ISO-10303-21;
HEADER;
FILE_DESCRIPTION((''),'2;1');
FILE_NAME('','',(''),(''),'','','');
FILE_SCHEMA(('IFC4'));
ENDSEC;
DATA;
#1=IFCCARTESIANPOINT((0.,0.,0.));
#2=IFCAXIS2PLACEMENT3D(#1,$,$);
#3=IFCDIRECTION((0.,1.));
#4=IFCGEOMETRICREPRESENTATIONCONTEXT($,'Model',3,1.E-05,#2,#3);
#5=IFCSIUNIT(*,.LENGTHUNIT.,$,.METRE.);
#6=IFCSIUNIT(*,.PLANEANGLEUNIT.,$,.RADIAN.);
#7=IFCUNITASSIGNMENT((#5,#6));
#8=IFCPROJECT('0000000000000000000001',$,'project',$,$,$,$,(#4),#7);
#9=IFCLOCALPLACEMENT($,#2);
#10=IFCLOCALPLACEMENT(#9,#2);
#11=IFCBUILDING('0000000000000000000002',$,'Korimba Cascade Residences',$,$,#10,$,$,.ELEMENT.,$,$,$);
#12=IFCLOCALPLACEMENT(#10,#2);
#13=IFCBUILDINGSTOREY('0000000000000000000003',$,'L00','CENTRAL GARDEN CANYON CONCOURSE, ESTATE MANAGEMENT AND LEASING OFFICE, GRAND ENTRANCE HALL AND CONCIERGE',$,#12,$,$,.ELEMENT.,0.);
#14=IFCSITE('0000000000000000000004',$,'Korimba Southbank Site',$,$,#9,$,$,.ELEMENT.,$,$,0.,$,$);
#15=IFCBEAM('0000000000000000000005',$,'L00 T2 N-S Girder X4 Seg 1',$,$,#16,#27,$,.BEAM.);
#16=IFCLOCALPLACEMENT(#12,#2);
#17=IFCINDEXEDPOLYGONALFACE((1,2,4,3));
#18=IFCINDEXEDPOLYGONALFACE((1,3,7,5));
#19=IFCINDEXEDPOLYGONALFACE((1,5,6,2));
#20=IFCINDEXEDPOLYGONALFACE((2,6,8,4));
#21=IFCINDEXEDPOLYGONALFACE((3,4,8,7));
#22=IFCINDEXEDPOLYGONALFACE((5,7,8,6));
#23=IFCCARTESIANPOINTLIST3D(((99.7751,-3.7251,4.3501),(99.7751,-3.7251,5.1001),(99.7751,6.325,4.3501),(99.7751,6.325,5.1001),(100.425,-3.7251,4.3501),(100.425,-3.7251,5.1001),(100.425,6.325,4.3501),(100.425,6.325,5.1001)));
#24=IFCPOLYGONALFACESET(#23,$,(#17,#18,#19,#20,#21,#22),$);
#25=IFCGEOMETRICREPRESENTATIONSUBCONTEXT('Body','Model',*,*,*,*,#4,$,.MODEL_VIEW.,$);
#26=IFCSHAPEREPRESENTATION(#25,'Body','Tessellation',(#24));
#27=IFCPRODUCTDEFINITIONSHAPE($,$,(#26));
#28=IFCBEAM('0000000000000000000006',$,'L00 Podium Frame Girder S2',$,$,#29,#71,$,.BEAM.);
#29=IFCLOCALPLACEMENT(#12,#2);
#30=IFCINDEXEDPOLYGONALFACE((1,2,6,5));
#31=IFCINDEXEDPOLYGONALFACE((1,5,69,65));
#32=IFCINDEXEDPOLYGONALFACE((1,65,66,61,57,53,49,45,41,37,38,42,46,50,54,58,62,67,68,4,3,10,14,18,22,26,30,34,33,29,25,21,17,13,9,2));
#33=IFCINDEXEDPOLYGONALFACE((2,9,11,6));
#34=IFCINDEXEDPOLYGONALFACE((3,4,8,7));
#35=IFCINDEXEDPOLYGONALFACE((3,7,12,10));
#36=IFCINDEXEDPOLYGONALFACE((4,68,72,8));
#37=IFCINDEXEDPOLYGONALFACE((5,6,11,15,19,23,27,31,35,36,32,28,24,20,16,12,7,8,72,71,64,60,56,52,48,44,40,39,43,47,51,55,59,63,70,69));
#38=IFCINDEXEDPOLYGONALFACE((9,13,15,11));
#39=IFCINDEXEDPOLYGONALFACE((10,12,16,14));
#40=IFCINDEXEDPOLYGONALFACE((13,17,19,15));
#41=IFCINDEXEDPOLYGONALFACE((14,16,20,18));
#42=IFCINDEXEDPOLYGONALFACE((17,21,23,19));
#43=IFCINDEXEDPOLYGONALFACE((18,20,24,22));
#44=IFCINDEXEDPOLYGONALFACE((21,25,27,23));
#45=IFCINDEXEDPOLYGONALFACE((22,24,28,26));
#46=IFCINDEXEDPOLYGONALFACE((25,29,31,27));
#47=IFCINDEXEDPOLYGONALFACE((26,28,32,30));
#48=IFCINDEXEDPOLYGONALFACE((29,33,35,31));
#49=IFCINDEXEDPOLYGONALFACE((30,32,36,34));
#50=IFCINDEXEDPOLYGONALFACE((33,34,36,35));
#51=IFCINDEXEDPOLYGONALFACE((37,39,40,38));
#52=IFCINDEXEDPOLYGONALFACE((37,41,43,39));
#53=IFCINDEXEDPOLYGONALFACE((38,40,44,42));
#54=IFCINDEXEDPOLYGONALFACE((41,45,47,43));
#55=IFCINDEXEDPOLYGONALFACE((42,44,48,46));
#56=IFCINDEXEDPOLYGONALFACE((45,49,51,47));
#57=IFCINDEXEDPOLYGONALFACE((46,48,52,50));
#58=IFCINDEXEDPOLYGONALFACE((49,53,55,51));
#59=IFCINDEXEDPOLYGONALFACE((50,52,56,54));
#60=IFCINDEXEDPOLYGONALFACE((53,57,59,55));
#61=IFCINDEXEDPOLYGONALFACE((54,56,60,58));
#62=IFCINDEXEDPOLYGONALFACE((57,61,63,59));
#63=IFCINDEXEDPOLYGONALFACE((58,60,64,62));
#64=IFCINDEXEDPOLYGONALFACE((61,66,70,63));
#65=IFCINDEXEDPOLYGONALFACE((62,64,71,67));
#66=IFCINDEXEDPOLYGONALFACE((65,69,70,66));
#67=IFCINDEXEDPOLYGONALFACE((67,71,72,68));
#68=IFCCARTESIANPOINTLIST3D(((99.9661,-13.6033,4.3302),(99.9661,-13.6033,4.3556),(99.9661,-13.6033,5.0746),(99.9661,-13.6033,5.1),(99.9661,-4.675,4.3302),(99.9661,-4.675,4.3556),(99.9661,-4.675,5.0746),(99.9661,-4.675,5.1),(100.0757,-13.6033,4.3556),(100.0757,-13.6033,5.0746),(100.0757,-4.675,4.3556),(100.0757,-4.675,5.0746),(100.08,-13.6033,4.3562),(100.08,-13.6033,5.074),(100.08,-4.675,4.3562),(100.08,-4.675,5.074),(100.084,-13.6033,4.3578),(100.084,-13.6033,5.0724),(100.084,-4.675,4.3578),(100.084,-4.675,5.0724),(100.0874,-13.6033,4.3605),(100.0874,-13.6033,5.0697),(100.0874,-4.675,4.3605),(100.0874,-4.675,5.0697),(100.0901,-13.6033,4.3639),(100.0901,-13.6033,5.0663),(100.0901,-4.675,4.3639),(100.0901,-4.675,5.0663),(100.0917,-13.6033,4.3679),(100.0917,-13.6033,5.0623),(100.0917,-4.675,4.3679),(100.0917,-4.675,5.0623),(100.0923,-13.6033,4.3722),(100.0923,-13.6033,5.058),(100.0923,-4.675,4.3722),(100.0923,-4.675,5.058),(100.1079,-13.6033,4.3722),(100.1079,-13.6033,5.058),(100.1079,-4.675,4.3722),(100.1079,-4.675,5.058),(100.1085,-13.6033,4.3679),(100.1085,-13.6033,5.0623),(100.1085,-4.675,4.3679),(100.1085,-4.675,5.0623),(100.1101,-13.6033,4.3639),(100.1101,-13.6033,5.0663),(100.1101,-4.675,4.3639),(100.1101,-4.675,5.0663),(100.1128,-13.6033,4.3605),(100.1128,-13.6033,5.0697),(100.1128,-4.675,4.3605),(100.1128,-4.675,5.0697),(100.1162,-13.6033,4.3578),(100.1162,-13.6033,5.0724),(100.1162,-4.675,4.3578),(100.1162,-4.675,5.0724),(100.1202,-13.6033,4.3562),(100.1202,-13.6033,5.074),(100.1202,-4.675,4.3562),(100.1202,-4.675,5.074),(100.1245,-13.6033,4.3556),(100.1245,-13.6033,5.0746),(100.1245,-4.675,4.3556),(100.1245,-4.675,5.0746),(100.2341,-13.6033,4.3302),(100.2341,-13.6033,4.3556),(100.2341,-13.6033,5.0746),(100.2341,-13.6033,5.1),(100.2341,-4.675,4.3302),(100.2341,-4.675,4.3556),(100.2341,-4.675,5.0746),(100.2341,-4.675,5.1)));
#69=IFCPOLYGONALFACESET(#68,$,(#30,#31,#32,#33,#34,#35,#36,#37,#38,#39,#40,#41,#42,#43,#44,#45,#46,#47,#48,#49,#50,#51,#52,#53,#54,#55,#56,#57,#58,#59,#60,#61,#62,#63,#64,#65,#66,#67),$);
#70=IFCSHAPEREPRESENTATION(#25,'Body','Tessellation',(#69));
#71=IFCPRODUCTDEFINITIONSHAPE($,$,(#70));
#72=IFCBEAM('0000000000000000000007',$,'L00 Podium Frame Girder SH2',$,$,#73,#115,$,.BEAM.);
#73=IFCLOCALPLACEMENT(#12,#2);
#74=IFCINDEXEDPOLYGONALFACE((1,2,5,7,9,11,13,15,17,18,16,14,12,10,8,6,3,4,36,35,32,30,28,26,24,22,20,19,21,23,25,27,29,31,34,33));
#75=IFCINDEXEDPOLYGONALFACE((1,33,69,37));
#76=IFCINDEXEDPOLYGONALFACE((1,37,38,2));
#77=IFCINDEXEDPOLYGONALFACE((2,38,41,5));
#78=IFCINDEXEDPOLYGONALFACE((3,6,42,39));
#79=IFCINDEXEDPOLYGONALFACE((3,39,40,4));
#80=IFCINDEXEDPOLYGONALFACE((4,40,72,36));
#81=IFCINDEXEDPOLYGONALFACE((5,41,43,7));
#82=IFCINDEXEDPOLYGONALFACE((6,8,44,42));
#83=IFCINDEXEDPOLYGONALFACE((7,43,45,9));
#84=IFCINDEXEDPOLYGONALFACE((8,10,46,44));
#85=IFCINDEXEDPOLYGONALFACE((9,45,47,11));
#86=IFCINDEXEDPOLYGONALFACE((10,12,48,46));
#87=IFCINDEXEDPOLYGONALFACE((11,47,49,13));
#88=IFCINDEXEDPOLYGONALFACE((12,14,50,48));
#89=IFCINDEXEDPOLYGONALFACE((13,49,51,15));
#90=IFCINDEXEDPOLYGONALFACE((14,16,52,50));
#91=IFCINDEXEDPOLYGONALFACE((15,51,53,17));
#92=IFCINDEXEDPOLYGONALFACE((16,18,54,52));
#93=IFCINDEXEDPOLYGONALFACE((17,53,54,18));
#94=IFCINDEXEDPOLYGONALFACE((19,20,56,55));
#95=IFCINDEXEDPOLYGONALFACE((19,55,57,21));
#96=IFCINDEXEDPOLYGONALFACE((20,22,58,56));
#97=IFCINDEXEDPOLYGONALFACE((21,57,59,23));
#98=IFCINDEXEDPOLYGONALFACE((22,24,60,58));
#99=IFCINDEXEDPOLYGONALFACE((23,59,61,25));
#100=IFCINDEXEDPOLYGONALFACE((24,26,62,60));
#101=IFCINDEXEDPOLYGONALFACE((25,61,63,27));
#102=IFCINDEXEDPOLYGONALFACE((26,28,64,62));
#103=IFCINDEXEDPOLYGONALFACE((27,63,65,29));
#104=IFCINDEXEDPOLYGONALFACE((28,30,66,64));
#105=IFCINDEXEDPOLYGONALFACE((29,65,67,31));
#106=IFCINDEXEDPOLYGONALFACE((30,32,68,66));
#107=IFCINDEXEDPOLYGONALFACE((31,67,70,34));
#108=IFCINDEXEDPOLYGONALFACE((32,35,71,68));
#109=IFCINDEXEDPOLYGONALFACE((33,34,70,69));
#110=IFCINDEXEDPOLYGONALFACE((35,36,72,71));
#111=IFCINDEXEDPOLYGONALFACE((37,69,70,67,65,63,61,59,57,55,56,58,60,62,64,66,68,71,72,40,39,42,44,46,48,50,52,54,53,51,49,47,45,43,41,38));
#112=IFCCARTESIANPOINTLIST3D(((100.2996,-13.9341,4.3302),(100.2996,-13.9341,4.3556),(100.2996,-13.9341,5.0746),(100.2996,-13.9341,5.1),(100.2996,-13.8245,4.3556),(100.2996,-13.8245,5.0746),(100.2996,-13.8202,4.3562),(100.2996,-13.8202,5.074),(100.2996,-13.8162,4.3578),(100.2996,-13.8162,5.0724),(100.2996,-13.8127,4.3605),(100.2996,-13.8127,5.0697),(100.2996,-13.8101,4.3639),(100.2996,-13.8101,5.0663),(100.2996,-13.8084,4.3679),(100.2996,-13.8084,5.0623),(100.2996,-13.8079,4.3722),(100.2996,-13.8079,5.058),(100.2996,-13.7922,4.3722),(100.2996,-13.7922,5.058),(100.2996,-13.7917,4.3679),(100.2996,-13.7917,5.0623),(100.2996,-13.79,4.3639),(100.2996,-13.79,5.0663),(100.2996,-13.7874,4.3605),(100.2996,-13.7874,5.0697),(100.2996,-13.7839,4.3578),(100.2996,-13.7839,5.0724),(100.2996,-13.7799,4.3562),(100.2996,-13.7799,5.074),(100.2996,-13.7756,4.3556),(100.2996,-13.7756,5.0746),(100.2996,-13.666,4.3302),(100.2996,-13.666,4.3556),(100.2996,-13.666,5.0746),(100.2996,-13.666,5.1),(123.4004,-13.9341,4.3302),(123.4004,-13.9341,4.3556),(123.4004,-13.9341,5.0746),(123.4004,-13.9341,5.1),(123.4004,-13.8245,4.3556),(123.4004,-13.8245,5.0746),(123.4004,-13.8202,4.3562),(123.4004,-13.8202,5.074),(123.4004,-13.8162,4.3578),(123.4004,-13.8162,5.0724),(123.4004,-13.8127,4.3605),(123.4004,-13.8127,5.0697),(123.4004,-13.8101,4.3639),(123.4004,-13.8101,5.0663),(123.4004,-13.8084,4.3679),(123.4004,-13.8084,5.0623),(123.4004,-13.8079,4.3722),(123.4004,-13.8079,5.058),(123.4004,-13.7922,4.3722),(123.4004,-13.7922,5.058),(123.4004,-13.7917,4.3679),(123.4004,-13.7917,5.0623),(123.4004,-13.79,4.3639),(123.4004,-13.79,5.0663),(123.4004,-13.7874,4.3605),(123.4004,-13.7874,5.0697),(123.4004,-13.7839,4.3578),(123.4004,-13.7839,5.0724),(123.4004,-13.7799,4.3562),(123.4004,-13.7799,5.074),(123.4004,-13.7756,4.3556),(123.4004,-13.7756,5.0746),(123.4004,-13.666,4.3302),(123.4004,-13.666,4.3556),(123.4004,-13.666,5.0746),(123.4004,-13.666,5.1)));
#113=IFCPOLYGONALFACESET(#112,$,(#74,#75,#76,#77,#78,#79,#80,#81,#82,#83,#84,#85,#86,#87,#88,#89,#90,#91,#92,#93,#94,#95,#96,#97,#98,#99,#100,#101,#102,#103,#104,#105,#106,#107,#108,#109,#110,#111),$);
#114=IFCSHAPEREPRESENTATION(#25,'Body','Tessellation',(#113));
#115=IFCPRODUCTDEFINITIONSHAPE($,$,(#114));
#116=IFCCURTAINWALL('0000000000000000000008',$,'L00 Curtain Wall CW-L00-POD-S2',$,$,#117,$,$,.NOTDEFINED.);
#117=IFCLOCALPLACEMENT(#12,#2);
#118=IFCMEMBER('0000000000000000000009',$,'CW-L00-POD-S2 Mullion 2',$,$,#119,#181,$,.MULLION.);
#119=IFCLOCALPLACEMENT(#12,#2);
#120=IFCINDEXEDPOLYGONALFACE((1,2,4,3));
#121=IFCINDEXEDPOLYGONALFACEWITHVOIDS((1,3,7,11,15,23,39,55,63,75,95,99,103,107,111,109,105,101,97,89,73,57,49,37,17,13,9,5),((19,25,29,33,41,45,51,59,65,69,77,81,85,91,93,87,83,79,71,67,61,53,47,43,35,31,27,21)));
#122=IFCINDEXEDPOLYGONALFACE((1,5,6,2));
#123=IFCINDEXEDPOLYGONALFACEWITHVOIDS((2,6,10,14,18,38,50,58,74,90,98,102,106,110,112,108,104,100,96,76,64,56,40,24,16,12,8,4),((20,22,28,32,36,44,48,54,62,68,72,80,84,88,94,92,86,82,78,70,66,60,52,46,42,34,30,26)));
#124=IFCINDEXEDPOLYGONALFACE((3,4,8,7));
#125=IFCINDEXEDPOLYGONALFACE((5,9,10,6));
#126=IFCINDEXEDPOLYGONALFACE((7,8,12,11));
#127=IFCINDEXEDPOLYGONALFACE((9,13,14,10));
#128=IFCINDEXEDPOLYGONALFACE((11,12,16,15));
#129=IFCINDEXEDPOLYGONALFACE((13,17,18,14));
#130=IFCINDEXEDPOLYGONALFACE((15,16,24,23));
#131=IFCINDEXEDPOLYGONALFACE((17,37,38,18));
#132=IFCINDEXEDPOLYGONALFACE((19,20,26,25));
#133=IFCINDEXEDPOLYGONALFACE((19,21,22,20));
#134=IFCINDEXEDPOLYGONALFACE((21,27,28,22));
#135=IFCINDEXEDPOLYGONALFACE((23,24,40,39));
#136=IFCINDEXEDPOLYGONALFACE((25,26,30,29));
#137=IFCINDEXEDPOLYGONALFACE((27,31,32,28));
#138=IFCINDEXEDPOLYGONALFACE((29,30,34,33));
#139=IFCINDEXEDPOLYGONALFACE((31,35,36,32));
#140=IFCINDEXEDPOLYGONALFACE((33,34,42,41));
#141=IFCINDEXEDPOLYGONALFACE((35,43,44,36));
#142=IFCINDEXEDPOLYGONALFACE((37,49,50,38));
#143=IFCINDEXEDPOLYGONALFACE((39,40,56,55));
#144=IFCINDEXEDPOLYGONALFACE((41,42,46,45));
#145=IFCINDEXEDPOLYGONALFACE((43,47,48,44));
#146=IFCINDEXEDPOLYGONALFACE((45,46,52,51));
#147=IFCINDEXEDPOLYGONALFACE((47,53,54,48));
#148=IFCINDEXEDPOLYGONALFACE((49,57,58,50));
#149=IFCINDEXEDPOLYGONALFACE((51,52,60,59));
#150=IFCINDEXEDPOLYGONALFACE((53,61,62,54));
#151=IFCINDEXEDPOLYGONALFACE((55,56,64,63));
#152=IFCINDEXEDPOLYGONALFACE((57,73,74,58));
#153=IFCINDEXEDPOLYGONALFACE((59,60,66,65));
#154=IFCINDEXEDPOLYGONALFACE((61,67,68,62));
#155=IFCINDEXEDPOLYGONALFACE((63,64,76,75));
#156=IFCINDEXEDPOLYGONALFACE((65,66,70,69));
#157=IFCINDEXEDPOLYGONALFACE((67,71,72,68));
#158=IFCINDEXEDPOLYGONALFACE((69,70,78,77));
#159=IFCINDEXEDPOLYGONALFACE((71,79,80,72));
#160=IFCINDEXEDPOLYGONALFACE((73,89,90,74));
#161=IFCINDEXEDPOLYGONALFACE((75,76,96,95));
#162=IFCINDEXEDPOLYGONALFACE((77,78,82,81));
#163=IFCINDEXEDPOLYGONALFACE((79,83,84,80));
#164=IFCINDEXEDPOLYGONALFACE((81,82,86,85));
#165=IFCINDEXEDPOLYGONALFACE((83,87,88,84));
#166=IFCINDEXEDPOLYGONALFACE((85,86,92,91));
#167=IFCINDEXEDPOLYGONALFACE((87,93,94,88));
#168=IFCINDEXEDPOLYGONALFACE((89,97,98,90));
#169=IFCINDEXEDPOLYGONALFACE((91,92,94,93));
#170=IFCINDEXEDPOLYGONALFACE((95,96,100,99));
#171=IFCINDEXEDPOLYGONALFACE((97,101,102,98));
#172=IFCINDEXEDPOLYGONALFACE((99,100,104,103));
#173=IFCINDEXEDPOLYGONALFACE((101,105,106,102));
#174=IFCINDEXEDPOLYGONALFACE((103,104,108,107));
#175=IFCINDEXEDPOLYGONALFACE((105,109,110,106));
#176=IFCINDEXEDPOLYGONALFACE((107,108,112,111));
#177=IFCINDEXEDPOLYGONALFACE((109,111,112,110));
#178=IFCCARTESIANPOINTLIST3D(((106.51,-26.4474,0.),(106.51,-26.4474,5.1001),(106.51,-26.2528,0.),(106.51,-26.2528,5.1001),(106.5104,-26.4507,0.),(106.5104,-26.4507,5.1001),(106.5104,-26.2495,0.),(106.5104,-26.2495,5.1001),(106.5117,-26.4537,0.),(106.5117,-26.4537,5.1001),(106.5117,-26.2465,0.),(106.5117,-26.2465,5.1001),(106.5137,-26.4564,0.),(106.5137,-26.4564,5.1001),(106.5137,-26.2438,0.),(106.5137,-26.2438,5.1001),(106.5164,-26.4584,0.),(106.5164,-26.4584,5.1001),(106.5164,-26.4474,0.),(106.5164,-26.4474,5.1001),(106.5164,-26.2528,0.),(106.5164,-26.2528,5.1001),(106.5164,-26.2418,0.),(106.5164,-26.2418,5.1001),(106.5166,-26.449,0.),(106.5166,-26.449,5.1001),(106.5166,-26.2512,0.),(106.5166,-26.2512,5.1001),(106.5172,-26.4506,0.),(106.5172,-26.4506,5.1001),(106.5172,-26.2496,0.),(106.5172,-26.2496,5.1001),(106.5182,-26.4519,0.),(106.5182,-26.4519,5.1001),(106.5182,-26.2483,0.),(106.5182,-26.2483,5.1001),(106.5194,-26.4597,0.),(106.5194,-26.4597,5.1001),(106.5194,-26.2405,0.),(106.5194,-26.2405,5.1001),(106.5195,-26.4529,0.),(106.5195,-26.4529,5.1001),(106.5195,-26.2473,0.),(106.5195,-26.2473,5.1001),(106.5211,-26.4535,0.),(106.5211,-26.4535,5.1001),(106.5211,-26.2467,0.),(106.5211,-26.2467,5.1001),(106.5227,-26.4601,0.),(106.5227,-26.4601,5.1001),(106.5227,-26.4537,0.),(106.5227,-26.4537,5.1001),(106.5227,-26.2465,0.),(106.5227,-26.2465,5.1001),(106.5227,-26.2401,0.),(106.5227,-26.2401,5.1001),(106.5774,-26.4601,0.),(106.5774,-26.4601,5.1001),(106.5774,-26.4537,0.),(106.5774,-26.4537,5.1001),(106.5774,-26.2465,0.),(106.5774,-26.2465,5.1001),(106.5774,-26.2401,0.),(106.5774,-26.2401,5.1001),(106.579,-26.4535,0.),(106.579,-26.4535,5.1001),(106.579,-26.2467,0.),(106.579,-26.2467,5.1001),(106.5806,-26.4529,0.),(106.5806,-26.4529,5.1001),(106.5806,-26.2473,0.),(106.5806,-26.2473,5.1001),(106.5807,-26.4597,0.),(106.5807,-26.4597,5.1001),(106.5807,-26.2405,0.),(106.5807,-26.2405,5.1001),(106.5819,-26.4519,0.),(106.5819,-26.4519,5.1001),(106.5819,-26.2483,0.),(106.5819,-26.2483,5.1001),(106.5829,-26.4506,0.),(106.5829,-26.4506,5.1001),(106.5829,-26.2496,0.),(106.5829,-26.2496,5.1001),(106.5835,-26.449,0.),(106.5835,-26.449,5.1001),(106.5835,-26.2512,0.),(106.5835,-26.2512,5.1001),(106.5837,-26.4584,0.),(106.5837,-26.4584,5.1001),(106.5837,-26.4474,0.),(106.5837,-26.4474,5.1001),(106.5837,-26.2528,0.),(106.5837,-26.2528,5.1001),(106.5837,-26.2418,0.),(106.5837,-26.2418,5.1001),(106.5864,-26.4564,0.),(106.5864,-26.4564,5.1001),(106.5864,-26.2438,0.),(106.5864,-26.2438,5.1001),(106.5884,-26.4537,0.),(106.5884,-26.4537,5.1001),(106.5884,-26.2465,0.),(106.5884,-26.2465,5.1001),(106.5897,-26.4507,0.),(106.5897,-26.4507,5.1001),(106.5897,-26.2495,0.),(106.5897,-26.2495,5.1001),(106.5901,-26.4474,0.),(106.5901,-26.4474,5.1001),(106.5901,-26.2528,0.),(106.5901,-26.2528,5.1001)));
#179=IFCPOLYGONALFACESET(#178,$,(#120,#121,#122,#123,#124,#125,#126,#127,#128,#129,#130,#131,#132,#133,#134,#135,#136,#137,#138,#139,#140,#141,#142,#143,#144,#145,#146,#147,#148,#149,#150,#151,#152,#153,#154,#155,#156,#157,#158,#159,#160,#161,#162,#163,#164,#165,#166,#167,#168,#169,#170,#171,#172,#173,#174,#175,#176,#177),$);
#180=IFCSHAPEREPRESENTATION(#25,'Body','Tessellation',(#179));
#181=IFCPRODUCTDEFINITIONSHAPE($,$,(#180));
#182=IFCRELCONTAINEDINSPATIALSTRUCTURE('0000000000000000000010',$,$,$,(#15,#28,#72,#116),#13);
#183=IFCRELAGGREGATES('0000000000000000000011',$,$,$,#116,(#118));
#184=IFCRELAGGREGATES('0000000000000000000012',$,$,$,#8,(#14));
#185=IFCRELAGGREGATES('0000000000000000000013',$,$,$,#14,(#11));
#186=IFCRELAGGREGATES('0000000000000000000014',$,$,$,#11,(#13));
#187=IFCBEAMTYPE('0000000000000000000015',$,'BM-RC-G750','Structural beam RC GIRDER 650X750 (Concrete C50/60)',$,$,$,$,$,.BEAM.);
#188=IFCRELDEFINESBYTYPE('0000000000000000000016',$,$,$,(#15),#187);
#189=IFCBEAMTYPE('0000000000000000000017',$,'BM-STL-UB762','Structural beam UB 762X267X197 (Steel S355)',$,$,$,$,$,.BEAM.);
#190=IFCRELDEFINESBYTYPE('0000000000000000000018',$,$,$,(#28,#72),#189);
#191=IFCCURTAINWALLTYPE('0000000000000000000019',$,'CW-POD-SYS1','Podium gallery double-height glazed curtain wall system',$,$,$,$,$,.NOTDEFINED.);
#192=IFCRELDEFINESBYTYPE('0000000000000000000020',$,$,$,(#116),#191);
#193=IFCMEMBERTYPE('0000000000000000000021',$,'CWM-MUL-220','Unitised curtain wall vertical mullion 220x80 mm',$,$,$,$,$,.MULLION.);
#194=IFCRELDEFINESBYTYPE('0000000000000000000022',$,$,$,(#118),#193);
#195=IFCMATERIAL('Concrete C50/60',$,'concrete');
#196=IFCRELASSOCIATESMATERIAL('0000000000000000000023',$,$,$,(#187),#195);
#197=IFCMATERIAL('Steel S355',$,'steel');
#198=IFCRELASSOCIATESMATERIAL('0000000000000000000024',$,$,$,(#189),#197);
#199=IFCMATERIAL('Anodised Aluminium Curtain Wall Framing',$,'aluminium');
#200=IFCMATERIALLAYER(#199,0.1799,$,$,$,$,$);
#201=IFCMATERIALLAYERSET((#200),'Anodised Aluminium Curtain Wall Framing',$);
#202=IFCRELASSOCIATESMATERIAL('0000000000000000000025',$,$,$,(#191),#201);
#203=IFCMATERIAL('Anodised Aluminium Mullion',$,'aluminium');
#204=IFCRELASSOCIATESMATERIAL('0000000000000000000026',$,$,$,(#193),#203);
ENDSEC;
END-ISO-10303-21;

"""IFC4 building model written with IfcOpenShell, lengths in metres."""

from ifc_helpers import new_model, si_unit, direction, frame, origin, origin_2d, place, context, subcontext, project, spatial, rectangle, hollow_rectangle, i_section, extrude, material, layer, layer_set, material_profile, profile_set, type_object, element, aggregate, save


model = new_model("IFC4")

# Units and contexts
model_context = context("Model", 3, precision=1e-05, world=origin(), true_north=direction((0.0, 1.0)))
body_context = subcontext(model_context, "Body", "Model", "MODEL_VIEW")
ifc_project = project(units=[si_unit("LENGTHUNIT", "METRE"), si_unit("PLANEANGLEUNIT", "RADIAN")], contexts=[model_context])

# Site, building, storey
site_placement = place(None, origin())
site = spatial("IfcSite", under=ifc_project, at=site_placement, Name="Korimba Southbank Site", CompositionType="ELEMENT", RefElevation=0.0)
building_placement = place(site_placement, origin())
building = spatial("IfcBuilding", under=site, at=building_placement, Name="Korimba Cascade Residences", CompositionType="ELEMENT")
storey_placement = place(building_placement, origin())
storey = spatial("IfcBuildingStorey", under=building, at=storey_placement, Name="L00", Description="CENTRAL GARDEN CANYON CONCOURSE, ESTATE MANAGEMENT AND LEASING OFFICE, GRAND ENTRANCE HALL AND CONCIERGE", CompositionType="ELEMENT", Elevation=0.0)

# Shared definitions
ifc_material_1 = material(Name="Steel S355", Category="steel")

# Beams
ifc_material_2 = material(Name="Concrete C50/60", Category="concrete")
ifc_material_profile_1 = material_profile(ifc_material_2, rectangle(XDim=0.6499, YDim=0.75, at=origin_2d()), Name="Concrete C50/60")
ifc_profile_set_1 = profile_set([ifc_material_profile_1], Name="Concrete C50/60")
beam_type_1 = type_object("IfcBeamType", Name="BM-RC-G750", Description="Structural beam RC GIRDER 650X750 (Concrete C50/60)", PredefinedType="BEAM", material=ifc_profile_set_1)
beam_1_placement = place(storey_placement, frame((100.1001, -3.7251, 4.7251), z_axis=(0.0, 1.0, 0.0), x_axis=(-1.0, 0.0, 0.0)))
element("IfcBeam", 1, at=beam_1_placement, inside=storey, type_object=beam_type_1, Name="L00 T2 N-S Girder X4 Seg 1", PredefinedType="BEAM", context=body_context, shape_type="SweptSolid", body=[
    extrude(rectangle(XDim=0.6499, YDim=0.75, at=origin_2d()), origin(), (0.0, 0.0, 1.0), 10.05),
])
ifc_material_profile_2 = material_profile(ifc_material_1, i_section(OverallWidth=0.2681, OverallDepth=0.7698, WebThickness=0.0156, FlangeThickness=0.0254, FilletRadius=0.0166, at=origin_2d()), Name="Steel S355")
ifc_profile_set_2 = profile_set([ifc_material_profile_2], Name="Steel S355")
beam_type_2 = type_object("IfcBeamType", Name="BM-STL-UB762", Description="Structural beam UB 762X267X197 (Steel S355)", PredefinedType="BEAM", material=ifc_profile_set_2)
beam_2_placement = place(storey_placement, frame((100.1001, -13.6033, 4.7151), z_axis=(0.0, 1.0, 0.0), x_axis=(-1.0, 0.0, 0.0)))
element("IfcBeam", 2, at=beam_2_placement, inside=storey, type_object=beam_type_2, Name="L00 Podium Frame Girder S2", PredefinedType="BEAM", context=body_context, shape_type="SweptSolid", body=[
    extrude(i_section(OverallWidth=0.2681, OverallDepth=0.7698, WebThickness=0.0156, FlangeThickness=0.0254, FilletRadius=0.0166, at=origin_2d()), origin(), (0.0, 0.0, 1.0), 8.9282),
])
beam_3_placement = place(storey_placement, frame((100.2996, -13.8, 4.7151), z_axis=(1.0, 0.0, 0.0), x_axis=(0.0, 1.0, 0.0)))
element("IfcBeam", 3, at=beam_3_placement, inside=storey, type_object=beam_type_2, Name="L00 Podium Frame Girder SH2", PredefinedType="BEAM", context=body_context, shape_type="SweptSolid", body=[
    extrude(i_section(OverallWidth=0.2681, OverallDepth=0.7698, WebThickness=0.0156, FlangeThickness=0.0254, FilletRadius=0.0166, at=origin_2d()), origin(), (0.0, 0.0, 1.0), 23.1008),
])

# Curtain wall, member
ifc_material_3 = material(Name="Anodised Aluminium Curtain Wall Framing", Category="aluminium")
ifc_layer_1 = layer(ifc_material_3, 0.1799)
ifc_layer_set_1 = layer_set([ifc_layer_1], Name="Anodised Aluminium Curtain Wall Framing")
curtain_wall_type = type_object("IfcCurtainWallType", Name="CW-POD-SYS1", Description="Podium gallery double-height glazed curtain wall system", PredefinedType="NOTDEFINED", material=ifc_layer_set_1)
curtain_wall_placement = place(storey_placement, origin())
curtain_wall = element("IfcCurtainWall", 4, at=curtain_wall_placement, inside=storey, type_object=curtain_wall_type, Name="L00 Curtain Wall CW-L00-POD-S2", PredefinedType="NOTDEFINED")
ifc_material_4 = material(Name="Anodised Aluminium Mullion", Category="aluminium")
ifc_material_profile_3 = material_profile(ifc_material_4, hollow_rectangle(XDim=0.0801, YDim=0.22, WallThickness=0.0063, InnerFilletRadius=0.0063, OuterFilletRadius=0.0127, at=origin_2d()), Name="Anodised Aluminium Mullion")
ifc_profile_set_3 = profile_set([ifc_material_profile_3], Name="Anodised Aluminium Mullion")
member_type_1 = type_object("IfcMemberType", Name="CWM-MUL-220", Description="Unitised curtain wall vertical mullion 220x80 mm", PredefinedType="MULLION", material=ifc_profile_set_3)
member_1_placement = place(storey_placement, frame((106.55, -26.3501, 0.0), z_axis=(0.0, 0.0, 1.0), x_axis=(1.0, 0.0, 0.0)))
member_1 = element("IfcMember", 5, at=member_1_placement, type_object=member_type_1, Name="CW-L00-POD-S2 Mullion 2", PredefinedType="MULLION", context=body_context, shape_type="SweptSolid", body=[
    extrude(hollow_rectangle(XDim=0.0801, YDim=0.22, WallThickness=0.0063, InnerFilletRadius=0.0063, OuterFilletRadius=0.0127, at=origin_2d()), origin(), (0.0, 0.0, 1.0), 5.1001),
])
aggregate(curtain_wall, [member_1])

save(model, "model.ifc")
